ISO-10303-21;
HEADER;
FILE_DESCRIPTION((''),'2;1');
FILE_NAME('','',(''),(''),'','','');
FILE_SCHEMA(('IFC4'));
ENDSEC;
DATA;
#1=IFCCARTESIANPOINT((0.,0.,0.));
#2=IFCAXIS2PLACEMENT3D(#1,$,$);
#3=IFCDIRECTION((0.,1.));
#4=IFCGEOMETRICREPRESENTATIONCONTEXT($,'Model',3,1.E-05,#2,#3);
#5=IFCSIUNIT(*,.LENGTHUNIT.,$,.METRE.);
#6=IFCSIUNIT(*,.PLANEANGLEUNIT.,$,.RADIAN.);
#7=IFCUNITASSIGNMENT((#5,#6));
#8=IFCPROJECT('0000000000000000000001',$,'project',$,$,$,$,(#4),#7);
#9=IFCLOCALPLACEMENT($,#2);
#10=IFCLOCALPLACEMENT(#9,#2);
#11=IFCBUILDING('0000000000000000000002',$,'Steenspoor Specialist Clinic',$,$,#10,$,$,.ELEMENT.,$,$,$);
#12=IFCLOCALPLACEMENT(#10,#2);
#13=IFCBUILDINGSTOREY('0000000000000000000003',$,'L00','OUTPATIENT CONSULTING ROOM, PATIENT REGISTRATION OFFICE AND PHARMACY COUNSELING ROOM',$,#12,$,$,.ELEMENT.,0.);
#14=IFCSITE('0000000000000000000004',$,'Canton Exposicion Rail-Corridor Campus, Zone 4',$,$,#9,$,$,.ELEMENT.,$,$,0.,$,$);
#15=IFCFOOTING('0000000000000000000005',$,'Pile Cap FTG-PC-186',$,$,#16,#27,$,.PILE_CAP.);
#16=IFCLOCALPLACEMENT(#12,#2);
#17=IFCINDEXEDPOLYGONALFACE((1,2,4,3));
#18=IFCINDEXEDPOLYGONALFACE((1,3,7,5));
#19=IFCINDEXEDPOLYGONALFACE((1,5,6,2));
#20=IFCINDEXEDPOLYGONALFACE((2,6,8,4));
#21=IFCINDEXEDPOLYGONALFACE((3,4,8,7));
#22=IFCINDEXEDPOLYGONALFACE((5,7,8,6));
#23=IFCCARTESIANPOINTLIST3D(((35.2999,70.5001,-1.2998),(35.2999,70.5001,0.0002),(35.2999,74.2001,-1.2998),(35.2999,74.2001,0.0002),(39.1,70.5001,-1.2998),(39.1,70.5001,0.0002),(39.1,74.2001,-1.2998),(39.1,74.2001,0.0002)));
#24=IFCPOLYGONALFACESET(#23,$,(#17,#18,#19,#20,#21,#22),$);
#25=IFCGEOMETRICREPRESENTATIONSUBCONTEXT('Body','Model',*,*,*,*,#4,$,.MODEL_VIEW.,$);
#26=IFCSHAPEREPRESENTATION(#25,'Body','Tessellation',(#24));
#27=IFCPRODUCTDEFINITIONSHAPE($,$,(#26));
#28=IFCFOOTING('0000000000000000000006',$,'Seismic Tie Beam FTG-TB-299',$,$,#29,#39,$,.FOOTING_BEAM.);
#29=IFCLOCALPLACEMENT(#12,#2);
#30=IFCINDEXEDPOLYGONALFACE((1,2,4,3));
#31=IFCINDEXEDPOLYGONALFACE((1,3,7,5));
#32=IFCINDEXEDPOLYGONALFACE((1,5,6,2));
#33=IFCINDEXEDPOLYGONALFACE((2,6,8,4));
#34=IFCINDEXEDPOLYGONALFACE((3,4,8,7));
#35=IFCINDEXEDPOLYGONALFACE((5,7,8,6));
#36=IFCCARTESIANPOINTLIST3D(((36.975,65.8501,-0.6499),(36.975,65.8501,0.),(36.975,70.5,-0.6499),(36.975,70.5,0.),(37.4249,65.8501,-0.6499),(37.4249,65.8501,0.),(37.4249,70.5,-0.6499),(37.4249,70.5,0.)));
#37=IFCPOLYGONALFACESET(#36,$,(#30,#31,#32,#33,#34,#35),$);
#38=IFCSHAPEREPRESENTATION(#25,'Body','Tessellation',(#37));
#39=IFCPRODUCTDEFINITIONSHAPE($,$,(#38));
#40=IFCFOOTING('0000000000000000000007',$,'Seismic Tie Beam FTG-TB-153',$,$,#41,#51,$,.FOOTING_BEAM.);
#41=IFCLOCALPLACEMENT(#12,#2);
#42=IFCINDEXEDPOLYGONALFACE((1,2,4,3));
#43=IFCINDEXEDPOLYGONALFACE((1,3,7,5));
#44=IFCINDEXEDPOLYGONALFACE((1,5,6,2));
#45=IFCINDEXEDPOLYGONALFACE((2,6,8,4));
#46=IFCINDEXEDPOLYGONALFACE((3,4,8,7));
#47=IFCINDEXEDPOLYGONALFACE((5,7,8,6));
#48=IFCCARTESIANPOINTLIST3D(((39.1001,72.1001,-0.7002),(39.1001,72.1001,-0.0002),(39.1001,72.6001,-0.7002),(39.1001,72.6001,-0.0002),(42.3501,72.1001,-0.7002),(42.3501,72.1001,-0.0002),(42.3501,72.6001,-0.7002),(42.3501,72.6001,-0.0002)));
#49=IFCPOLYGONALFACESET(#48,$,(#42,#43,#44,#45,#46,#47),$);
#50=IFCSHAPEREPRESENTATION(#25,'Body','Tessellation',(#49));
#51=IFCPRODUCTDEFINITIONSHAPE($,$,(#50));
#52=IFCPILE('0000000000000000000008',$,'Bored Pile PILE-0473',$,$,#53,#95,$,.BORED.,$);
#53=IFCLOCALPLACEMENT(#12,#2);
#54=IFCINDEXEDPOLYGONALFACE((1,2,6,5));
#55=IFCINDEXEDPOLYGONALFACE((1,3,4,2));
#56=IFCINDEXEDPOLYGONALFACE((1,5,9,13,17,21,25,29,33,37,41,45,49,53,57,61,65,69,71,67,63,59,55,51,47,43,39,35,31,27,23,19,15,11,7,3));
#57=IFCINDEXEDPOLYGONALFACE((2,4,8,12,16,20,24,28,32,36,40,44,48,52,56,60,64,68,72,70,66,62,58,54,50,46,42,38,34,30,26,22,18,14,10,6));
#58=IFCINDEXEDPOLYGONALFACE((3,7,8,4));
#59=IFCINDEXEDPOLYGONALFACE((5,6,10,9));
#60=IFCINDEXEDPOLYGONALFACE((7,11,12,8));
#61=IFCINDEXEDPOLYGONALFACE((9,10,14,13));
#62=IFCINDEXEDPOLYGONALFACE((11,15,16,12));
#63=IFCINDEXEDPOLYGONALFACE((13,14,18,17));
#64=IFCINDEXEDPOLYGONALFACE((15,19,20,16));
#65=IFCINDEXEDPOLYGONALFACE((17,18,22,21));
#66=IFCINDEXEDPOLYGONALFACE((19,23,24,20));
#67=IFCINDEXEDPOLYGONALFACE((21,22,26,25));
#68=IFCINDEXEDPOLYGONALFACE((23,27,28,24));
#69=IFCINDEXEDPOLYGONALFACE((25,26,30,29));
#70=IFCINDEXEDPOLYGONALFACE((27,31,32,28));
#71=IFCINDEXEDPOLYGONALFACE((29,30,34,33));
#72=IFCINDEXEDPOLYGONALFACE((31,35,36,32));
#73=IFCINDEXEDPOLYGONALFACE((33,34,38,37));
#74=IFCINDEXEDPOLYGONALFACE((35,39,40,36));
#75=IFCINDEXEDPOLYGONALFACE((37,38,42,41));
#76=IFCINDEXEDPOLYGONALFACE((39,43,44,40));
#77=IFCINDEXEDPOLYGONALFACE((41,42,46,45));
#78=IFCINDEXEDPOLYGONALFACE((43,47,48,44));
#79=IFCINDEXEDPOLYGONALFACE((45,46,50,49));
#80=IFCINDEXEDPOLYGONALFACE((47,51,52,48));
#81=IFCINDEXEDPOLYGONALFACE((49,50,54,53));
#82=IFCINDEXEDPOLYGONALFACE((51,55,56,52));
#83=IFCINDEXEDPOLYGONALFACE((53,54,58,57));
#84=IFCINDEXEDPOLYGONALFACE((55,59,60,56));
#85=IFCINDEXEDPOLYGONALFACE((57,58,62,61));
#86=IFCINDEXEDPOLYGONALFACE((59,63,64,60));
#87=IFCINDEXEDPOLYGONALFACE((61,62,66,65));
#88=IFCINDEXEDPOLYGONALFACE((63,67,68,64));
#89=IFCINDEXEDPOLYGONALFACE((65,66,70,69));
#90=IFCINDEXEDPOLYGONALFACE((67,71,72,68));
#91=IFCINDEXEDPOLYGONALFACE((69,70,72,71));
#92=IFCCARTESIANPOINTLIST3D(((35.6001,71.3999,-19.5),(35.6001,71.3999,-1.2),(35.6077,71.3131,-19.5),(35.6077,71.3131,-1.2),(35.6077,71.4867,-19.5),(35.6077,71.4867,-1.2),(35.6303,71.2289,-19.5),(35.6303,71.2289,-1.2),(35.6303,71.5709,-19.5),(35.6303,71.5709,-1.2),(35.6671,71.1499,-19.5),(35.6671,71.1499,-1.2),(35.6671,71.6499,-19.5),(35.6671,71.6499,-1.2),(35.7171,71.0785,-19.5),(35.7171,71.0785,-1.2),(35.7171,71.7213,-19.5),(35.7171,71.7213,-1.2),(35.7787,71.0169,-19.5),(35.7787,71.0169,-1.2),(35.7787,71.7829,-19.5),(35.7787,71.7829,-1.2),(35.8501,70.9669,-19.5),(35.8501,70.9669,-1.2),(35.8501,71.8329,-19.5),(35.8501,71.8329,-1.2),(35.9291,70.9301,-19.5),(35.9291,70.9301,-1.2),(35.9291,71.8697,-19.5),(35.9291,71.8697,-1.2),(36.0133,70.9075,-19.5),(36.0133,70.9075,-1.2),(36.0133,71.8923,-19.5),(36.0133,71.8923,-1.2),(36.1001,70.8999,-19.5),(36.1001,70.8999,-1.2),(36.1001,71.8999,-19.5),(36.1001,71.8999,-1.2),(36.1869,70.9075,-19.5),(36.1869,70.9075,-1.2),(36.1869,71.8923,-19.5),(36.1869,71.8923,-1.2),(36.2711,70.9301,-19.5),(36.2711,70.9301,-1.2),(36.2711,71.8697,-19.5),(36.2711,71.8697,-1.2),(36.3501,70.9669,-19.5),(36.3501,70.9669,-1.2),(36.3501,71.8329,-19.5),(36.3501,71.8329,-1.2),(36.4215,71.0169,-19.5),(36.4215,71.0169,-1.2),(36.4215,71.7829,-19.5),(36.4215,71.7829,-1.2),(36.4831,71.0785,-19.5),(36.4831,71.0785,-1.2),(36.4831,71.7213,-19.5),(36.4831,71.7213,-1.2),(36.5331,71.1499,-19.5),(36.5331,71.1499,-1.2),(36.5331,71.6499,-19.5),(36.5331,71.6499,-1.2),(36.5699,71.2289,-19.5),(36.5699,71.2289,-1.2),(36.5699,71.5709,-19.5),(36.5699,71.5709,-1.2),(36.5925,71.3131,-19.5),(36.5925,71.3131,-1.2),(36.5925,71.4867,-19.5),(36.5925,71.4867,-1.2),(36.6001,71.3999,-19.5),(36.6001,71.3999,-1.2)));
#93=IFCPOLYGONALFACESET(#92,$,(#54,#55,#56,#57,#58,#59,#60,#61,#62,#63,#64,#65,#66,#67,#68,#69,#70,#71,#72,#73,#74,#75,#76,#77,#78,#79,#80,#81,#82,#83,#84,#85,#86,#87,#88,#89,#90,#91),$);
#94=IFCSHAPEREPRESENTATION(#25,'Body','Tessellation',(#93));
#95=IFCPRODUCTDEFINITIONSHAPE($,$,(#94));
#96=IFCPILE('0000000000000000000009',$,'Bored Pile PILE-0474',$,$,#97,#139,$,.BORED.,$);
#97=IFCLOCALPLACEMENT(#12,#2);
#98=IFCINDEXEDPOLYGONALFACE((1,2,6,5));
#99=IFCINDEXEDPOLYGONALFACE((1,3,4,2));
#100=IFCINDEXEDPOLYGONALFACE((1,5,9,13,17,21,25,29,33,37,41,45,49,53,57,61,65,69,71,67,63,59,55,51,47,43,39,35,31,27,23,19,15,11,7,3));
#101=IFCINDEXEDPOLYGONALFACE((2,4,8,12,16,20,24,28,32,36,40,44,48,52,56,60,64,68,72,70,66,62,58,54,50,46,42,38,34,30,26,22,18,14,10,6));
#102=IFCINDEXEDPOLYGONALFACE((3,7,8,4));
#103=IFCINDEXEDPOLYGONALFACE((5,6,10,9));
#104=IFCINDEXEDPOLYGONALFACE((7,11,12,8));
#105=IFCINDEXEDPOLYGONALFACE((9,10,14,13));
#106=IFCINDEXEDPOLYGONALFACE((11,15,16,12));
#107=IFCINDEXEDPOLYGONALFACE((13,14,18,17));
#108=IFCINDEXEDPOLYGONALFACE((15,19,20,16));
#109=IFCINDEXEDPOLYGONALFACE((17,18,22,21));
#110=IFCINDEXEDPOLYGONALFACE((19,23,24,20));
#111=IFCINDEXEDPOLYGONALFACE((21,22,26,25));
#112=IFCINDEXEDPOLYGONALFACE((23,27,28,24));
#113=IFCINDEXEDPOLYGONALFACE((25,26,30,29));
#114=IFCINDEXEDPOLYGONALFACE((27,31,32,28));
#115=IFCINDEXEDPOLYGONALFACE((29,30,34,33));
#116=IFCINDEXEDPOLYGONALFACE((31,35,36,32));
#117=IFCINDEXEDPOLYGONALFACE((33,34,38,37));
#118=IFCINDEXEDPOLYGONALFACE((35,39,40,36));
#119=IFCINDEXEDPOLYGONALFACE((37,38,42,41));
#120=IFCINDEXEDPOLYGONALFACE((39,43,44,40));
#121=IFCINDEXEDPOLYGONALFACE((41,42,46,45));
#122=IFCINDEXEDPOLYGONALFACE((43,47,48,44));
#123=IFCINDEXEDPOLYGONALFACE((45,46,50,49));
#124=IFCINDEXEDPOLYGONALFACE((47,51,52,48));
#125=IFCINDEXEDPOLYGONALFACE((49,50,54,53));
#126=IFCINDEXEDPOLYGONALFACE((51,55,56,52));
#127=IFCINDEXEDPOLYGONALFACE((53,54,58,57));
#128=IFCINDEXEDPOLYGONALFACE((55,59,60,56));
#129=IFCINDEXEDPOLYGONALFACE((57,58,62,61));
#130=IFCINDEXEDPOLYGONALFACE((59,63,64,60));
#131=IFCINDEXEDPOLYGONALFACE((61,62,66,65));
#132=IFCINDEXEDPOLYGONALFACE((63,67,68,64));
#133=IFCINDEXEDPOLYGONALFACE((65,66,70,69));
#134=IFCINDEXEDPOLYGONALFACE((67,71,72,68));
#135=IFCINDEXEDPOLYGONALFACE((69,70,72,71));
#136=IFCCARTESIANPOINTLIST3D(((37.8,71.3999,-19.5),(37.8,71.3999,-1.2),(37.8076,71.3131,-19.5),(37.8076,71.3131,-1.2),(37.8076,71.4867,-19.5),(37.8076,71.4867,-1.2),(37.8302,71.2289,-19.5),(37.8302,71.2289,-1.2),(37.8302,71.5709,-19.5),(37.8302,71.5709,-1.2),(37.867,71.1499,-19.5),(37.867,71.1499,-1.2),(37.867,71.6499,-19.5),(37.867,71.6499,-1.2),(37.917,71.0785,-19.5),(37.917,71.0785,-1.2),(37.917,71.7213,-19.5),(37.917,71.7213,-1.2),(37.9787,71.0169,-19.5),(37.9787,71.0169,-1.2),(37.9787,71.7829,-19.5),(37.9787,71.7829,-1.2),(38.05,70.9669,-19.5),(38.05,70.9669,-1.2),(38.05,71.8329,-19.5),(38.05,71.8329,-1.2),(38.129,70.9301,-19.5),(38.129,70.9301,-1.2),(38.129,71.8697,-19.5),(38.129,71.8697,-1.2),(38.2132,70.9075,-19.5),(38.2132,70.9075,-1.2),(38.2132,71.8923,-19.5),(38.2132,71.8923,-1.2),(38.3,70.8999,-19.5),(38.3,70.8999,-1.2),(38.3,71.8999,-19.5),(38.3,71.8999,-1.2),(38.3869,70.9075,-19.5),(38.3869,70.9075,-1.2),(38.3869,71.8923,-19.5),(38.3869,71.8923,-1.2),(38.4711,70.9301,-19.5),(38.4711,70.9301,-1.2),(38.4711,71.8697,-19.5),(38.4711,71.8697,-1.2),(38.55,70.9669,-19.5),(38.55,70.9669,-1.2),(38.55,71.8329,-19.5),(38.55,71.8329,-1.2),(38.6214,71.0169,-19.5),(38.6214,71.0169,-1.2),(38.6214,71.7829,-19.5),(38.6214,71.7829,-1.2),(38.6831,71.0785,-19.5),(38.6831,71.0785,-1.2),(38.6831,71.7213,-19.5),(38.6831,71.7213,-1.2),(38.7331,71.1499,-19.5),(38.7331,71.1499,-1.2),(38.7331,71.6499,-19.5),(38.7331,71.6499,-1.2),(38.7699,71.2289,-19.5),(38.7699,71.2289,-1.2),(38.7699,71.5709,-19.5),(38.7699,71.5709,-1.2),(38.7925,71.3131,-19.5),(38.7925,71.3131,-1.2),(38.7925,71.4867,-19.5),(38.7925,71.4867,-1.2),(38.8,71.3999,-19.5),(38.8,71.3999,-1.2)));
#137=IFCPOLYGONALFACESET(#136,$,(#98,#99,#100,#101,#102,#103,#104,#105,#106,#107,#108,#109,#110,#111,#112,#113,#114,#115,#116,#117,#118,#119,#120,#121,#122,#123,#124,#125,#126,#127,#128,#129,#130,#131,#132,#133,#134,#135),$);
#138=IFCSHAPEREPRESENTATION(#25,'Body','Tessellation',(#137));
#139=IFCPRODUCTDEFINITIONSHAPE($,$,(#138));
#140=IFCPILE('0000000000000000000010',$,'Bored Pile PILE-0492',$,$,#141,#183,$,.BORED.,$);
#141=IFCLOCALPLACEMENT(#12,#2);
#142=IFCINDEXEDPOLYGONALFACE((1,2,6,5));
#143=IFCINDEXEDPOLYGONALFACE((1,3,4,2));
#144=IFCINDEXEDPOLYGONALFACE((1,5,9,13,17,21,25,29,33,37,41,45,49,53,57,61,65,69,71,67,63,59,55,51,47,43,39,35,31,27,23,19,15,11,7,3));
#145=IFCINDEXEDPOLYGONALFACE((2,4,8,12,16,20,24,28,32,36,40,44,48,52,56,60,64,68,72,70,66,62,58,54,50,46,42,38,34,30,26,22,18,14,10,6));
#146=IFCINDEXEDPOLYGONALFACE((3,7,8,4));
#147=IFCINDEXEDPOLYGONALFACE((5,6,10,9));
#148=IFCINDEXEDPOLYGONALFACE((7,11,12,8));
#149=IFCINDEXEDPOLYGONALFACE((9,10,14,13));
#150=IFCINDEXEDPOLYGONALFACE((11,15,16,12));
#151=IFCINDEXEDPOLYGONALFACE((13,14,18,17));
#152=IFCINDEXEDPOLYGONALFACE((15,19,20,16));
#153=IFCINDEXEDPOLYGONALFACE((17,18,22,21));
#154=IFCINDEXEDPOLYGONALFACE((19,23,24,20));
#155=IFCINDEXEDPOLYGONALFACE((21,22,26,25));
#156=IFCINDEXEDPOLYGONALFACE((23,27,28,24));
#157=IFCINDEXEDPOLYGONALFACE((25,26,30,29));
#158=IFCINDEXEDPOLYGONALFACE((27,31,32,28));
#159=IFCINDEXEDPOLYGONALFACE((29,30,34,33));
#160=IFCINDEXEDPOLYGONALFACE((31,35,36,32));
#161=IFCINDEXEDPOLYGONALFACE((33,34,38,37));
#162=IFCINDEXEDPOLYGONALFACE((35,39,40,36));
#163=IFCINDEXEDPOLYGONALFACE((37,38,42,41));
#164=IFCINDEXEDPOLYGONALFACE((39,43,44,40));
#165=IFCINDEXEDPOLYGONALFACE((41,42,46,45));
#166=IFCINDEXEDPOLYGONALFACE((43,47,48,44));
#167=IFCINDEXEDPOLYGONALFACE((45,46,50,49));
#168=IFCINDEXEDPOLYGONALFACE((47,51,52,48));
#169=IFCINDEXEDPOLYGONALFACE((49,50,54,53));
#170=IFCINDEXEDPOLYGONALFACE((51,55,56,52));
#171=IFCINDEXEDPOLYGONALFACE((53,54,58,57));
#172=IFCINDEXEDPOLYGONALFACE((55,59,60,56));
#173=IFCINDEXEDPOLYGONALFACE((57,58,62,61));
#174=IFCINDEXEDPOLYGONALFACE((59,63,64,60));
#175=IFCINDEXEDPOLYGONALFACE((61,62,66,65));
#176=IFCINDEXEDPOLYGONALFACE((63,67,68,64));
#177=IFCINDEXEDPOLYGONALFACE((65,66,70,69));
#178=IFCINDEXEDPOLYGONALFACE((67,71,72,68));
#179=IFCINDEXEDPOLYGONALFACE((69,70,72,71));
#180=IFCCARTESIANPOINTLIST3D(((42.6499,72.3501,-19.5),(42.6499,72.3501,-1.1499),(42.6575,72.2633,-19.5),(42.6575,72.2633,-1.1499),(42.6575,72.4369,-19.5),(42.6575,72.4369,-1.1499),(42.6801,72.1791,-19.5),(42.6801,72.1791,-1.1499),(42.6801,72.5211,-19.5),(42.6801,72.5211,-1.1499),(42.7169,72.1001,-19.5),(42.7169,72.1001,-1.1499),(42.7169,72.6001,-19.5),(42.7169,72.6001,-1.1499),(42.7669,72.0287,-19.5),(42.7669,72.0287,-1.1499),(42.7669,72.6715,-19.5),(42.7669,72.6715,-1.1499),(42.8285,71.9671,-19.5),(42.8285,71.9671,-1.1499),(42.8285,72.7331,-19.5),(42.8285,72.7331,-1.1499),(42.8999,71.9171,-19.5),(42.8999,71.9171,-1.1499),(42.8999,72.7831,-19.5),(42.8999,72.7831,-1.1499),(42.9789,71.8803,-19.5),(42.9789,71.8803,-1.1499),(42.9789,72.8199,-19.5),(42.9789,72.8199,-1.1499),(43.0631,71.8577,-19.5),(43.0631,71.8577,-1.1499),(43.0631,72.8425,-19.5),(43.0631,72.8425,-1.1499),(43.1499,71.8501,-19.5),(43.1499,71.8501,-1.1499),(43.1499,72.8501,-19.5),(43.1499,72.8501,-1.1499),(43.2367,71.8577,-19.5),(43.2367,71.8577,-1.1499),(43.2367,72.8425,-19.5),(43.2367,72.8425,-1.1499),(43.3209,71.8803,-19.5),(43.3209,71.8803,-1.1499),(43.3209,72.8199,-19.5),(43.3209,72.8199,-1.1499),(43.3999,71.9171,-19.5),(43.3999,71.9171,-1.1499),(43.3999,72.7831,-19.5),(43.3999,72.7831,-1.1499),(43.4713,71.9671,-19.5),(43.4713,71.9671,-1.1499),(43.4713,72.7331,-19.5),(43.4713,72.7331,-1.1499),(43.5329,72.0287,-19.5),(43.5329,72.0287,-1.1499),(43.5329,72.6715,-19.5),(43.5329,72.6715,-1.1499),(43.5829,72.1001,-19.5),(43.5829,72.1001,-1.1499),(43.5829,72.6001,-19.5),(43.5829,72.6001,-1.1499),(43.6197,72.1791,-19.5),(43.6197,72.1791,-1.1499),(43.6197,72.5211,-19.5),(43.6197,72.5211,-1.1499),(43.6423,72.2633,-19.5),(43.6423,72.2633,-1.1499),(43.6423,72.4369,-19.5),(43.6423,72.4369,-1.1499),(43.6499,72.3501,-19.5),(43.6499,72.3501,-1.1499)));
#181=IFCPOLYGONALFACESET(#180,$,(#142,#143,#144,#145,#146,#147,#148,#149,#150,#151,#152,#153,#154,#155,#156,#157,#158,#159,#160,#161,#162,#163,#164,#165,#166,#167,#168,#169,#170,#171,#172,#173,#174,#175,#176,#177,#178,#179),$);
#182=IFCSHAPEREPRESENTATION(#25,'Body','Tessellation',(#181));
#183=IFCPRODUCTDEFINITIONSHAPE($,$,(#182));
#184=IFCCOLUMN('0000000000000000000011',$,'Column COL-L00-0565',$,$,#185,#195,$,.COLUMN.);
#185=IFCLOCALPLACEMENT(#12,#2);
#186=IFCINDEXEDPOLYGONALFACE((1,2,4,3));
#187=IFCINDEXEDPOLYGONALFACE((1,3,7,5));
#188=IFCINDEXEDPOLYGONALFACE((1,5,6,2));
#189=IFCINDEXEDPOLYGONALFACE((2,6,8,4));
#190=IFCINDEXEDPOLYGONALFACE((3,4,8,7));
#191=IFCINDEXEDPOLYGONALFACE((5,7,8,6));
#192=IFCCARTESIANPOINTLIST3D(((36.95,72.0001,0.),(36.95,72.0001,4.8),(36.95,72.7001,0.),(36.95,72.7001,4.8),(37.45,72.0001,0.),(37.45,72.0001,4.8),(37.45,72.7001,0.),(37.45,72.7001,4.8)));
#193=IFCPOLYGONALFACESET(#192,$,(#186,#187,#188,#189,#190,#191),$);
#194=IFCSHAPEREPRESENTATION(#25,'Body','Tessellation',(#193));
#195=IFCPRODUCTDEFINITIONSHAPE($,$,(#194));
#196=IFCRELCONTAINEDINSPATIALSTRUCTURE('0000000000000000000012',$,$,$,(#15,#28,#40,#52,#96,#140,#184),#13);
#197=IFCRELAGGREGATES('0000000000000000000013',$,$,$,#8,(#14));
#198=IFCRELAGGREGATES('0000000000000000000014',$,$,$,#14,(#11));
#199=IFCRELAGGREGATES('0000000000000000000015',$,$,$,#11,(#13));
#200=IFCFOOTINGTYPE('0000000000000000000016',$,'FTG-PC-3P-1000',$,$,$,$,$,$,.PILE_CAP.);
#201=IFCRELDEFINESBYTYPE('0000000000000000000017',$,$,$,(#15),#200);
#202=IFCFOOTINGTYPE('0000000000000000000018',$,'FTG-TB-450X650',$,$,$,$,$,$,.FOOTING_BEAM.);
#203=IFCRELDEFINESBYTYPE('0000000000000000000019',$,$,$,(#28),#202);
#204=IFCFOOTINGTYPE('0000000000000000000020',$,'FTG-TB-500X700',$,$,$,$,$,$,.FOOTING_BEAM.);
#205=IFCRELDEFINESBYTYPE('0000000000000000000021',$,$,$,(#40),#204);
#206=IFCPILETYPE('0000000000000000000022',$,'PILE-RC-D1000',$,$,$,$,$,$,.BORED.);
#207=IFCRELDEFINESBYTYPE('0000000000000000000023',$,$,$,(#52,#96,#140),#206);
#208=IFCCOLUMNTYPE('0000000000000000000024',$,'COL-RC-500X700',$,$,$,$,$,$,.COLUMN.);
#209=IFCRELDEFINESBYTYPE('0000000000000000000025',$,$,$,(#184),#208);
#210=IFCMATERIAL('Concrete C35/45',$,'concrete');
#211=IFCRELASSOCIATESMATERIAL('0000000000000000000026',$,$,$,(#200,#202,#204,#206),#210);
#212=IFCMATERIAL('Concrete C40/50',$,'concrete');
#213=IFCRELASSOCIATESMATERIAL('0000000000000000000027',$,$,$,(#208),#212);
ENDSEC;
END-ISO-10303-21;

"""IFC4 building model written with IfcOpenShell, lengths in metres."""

from ifc_helpers import new_model, si_unit, direction, frame, origin, origin_2d, place, context, subcontext, project, spatial, rectangle, circle, extrude, material, material_profile, profile_set, type_object, element, save


model = new_model("IFC4")

# Units and contexts
model_context = context("Model", 3, precision=1e-05, world=origin(), true_north=direction((0.0, 1.0)))
body_context = subcontext(model_context, "Body", "Model", "MODEL_VIEW")
ifc_project = project(units=[si_unit("LENGTHUNIT", "METRE"), si_unit("PLANEANGLEUNIT", "RADIAN")], contexts=[model_context])

# Site, building, storey
site_placement = place(None, origin())
site = spatial("IfcSite", under=ifc_project, at=site_placement, Name="Canton Exposicion Rail-Corridor Campus, Zone 4", CompositionType="ELEMENT", RefElevation=0.0)
building_placement = place(site_placement, origin())
building = spatial("IfcBuilding", under=site, at=building_placement, Name="Steenspoor Specialist Clinic", CompositionType="ELEMENT")
storey_placement = place(building_placement, origin())
storey = spatial("IfcBuildingStorey", under=building, at=storey_placement, Name="L00", Description="OUTPATIENT CONSULTING ROOM, PATIENT REGISTRATION OFFICE AND PHARMACY COUNSELING ROOM", CompositionType="ELEMENT", Elevation=0.0)

# Footings
ifc_material_1 = material(Name="Concrete C35/45", Category="concrete")
footing_type_1 = type_object("IfcFootingType", Name="FTG-PC-3P-1000", PredefinedType="PILE_CAP", material=ifc_material_1)
footing_1_placement = place(storey_placement, frame((37.2, 72.3501, -1.2998), z_axis=(0.0, 0.0, 1.0), x_axis=(1.0, 0.0, 0.0)))
element("IfcFooting", 1, at=footing_1_placement, inside=storey, type_object=footing_type_1, Name="Pile Cap FTG-PC-186", PredefinedType="PILE_CAP", context=body_context, shape_type="SweptSolid", body=[
    extrude(rectangle(XDim=3.8, YDim=3.7, at=origin_2d()), origin(), (0.0, 0.0, 1.0), 1.3),
])
footing_type_2 = type_object("IfcFootingType", Name="FTG-TB-450X650", PredefinedType="FOOTING_BEAM", material=ifc_material_1)
footing_2_placement = place(storey_placement, frame((37.2, 68.175, -0.6499), z_axis=(0.0, 0.0, 1.0), x_axis=(1.0, 0.0, 0.0)))
element("IfcFooting", 2, at=footing_2_placement, inside=storey, type_object=footing_type_2, Name="Seismic Tie Beam FTG-TB-299", PredefinedType="FOOTING_BEAM", context=body_context, shape_type="SweptSolid", body=[
    extrude(rectangle(XDim=0.45, YDim=4.6499, at=origin_2d()), origin(), (0.0, 0.0, 1.0), 0.6499),
])
footing_type_3 = type_object("IfcFootingType", Name="FTG-TB-500X700", PredefinedType="FOOTING_BEAM", material=ifc_material_1)
footing_3_placement = place(storey_placement, frame((40.7251, 72.3501, -0.7002), z_axis=(0.0, 0.0, 1.0), x_axis=(1.0, 0.0, 0.0)))
element("IfcFooting", 3, at=footing_3_placement, inside=storey, type_object=footing_type_3, Name="Seismic Tie Beam FTG-TB-153", PredefinedType="FOOTING_BEAM", context=body_context, shape_type="SweptSolid", body=[
    extrude(rectangle(XDim=3.25, YDim=0.5, at=origin_2d()), origin(), (0.0, 0.0, 1.0), 0.7),
])

# Piles
ifc_material_profile_1 = material_profile(ifc_material_1, circle(Radius=0.5, at=origin_2d()), Name="PILE-D1000")
ifc_profile_set_1 = profile_set([ifc_material_profile_1], Name="Concrete C35/45")
pile_type = type_object("IfcPileType", Name="PILE-RC-D1000", PredefinedType="BORED", material=ifc_profile_set_1)
for number, where, z_axis, x_axis, name in (
    (4, (36.1001, 71.3999, -1.2), (0.0, 0.0, -1.0), (1.0, 0.0, 0.0), "Bored Pile PILE-0473"),
    (5, (38.3, 71.3999, -1.2), (0.0, 0.0, -1.0), (1.0, 0.0, 0.0), "Bored Pile PILE-0474"),
):
    element("IfcPile", number, at=place(storey_placement, frame(where, z_axis=z_axis, x_axis=x_axis)), inside=storey, type_object=pile_type, Name=name, PredefinedType="BORED", context=body_context, shape_type="SweptSolid", body=[
        extrude(circle(Radius=0.5, at=origin_2d()), origin(), (0.0, 0.0, 1.0), 18.3),
    ])
pile_placement = place(storey_placement, frame((43.1499, 72.3501, -1.1499), z_axis=(0.0, 0.0, -1.0), x_axis=(1.0, 0.0, 0.0)))
element("IfcPile", 6, at=pile_placement, inside=storey, type_object=pile_type, Name="Bored Pile PILE-0492", PredefinedType="BORED", context=body_context, shape_type="SweptSolid", body=[
    extrude(circle(Radius=0.5, at=origin_2d()), origin(), (0.0, 0.0, 1.0), 18.3501),
])

# Column
ifc_material_2 = material(Name="Concrete C40/50", Category="concrete")
ifc_material_profile_2 = material_profile(ifc_material_2, rectangle(XDim=0.5, YDim=0.7, at=origin_2d()), Name="RC-COL-500X700")
ifc_profile_set_2 = profile_set([ifc_material_profile_2], Name="Concrete C40/50")
column_type = type_object("IfcColumnType", Name="COL-RC-500X700", PredefinedType="COLUMN", material=ifc_profile_set_2)
column_placement = place(storey_placement, frame((37.2, 72.3501, 0.0), z_axis=(0.0, 0.0, 1.0), x_axis=(1.0, 0.0, 0.0)))
element("IfcColumn", 7, at=column_placement, inside=storey, type_object=column_type, Name="Column COL-L00-0565", PredefinedType="COLUMN", context=body_context, shape_type="SweptSolid", body=[
    extrude(rectangle(XDim=0.5, YDim=0.7, at=origin_2d()), origin(), (0.0, 0.0, 1.0), 4.8),
])

save(model, "model.ifc")
